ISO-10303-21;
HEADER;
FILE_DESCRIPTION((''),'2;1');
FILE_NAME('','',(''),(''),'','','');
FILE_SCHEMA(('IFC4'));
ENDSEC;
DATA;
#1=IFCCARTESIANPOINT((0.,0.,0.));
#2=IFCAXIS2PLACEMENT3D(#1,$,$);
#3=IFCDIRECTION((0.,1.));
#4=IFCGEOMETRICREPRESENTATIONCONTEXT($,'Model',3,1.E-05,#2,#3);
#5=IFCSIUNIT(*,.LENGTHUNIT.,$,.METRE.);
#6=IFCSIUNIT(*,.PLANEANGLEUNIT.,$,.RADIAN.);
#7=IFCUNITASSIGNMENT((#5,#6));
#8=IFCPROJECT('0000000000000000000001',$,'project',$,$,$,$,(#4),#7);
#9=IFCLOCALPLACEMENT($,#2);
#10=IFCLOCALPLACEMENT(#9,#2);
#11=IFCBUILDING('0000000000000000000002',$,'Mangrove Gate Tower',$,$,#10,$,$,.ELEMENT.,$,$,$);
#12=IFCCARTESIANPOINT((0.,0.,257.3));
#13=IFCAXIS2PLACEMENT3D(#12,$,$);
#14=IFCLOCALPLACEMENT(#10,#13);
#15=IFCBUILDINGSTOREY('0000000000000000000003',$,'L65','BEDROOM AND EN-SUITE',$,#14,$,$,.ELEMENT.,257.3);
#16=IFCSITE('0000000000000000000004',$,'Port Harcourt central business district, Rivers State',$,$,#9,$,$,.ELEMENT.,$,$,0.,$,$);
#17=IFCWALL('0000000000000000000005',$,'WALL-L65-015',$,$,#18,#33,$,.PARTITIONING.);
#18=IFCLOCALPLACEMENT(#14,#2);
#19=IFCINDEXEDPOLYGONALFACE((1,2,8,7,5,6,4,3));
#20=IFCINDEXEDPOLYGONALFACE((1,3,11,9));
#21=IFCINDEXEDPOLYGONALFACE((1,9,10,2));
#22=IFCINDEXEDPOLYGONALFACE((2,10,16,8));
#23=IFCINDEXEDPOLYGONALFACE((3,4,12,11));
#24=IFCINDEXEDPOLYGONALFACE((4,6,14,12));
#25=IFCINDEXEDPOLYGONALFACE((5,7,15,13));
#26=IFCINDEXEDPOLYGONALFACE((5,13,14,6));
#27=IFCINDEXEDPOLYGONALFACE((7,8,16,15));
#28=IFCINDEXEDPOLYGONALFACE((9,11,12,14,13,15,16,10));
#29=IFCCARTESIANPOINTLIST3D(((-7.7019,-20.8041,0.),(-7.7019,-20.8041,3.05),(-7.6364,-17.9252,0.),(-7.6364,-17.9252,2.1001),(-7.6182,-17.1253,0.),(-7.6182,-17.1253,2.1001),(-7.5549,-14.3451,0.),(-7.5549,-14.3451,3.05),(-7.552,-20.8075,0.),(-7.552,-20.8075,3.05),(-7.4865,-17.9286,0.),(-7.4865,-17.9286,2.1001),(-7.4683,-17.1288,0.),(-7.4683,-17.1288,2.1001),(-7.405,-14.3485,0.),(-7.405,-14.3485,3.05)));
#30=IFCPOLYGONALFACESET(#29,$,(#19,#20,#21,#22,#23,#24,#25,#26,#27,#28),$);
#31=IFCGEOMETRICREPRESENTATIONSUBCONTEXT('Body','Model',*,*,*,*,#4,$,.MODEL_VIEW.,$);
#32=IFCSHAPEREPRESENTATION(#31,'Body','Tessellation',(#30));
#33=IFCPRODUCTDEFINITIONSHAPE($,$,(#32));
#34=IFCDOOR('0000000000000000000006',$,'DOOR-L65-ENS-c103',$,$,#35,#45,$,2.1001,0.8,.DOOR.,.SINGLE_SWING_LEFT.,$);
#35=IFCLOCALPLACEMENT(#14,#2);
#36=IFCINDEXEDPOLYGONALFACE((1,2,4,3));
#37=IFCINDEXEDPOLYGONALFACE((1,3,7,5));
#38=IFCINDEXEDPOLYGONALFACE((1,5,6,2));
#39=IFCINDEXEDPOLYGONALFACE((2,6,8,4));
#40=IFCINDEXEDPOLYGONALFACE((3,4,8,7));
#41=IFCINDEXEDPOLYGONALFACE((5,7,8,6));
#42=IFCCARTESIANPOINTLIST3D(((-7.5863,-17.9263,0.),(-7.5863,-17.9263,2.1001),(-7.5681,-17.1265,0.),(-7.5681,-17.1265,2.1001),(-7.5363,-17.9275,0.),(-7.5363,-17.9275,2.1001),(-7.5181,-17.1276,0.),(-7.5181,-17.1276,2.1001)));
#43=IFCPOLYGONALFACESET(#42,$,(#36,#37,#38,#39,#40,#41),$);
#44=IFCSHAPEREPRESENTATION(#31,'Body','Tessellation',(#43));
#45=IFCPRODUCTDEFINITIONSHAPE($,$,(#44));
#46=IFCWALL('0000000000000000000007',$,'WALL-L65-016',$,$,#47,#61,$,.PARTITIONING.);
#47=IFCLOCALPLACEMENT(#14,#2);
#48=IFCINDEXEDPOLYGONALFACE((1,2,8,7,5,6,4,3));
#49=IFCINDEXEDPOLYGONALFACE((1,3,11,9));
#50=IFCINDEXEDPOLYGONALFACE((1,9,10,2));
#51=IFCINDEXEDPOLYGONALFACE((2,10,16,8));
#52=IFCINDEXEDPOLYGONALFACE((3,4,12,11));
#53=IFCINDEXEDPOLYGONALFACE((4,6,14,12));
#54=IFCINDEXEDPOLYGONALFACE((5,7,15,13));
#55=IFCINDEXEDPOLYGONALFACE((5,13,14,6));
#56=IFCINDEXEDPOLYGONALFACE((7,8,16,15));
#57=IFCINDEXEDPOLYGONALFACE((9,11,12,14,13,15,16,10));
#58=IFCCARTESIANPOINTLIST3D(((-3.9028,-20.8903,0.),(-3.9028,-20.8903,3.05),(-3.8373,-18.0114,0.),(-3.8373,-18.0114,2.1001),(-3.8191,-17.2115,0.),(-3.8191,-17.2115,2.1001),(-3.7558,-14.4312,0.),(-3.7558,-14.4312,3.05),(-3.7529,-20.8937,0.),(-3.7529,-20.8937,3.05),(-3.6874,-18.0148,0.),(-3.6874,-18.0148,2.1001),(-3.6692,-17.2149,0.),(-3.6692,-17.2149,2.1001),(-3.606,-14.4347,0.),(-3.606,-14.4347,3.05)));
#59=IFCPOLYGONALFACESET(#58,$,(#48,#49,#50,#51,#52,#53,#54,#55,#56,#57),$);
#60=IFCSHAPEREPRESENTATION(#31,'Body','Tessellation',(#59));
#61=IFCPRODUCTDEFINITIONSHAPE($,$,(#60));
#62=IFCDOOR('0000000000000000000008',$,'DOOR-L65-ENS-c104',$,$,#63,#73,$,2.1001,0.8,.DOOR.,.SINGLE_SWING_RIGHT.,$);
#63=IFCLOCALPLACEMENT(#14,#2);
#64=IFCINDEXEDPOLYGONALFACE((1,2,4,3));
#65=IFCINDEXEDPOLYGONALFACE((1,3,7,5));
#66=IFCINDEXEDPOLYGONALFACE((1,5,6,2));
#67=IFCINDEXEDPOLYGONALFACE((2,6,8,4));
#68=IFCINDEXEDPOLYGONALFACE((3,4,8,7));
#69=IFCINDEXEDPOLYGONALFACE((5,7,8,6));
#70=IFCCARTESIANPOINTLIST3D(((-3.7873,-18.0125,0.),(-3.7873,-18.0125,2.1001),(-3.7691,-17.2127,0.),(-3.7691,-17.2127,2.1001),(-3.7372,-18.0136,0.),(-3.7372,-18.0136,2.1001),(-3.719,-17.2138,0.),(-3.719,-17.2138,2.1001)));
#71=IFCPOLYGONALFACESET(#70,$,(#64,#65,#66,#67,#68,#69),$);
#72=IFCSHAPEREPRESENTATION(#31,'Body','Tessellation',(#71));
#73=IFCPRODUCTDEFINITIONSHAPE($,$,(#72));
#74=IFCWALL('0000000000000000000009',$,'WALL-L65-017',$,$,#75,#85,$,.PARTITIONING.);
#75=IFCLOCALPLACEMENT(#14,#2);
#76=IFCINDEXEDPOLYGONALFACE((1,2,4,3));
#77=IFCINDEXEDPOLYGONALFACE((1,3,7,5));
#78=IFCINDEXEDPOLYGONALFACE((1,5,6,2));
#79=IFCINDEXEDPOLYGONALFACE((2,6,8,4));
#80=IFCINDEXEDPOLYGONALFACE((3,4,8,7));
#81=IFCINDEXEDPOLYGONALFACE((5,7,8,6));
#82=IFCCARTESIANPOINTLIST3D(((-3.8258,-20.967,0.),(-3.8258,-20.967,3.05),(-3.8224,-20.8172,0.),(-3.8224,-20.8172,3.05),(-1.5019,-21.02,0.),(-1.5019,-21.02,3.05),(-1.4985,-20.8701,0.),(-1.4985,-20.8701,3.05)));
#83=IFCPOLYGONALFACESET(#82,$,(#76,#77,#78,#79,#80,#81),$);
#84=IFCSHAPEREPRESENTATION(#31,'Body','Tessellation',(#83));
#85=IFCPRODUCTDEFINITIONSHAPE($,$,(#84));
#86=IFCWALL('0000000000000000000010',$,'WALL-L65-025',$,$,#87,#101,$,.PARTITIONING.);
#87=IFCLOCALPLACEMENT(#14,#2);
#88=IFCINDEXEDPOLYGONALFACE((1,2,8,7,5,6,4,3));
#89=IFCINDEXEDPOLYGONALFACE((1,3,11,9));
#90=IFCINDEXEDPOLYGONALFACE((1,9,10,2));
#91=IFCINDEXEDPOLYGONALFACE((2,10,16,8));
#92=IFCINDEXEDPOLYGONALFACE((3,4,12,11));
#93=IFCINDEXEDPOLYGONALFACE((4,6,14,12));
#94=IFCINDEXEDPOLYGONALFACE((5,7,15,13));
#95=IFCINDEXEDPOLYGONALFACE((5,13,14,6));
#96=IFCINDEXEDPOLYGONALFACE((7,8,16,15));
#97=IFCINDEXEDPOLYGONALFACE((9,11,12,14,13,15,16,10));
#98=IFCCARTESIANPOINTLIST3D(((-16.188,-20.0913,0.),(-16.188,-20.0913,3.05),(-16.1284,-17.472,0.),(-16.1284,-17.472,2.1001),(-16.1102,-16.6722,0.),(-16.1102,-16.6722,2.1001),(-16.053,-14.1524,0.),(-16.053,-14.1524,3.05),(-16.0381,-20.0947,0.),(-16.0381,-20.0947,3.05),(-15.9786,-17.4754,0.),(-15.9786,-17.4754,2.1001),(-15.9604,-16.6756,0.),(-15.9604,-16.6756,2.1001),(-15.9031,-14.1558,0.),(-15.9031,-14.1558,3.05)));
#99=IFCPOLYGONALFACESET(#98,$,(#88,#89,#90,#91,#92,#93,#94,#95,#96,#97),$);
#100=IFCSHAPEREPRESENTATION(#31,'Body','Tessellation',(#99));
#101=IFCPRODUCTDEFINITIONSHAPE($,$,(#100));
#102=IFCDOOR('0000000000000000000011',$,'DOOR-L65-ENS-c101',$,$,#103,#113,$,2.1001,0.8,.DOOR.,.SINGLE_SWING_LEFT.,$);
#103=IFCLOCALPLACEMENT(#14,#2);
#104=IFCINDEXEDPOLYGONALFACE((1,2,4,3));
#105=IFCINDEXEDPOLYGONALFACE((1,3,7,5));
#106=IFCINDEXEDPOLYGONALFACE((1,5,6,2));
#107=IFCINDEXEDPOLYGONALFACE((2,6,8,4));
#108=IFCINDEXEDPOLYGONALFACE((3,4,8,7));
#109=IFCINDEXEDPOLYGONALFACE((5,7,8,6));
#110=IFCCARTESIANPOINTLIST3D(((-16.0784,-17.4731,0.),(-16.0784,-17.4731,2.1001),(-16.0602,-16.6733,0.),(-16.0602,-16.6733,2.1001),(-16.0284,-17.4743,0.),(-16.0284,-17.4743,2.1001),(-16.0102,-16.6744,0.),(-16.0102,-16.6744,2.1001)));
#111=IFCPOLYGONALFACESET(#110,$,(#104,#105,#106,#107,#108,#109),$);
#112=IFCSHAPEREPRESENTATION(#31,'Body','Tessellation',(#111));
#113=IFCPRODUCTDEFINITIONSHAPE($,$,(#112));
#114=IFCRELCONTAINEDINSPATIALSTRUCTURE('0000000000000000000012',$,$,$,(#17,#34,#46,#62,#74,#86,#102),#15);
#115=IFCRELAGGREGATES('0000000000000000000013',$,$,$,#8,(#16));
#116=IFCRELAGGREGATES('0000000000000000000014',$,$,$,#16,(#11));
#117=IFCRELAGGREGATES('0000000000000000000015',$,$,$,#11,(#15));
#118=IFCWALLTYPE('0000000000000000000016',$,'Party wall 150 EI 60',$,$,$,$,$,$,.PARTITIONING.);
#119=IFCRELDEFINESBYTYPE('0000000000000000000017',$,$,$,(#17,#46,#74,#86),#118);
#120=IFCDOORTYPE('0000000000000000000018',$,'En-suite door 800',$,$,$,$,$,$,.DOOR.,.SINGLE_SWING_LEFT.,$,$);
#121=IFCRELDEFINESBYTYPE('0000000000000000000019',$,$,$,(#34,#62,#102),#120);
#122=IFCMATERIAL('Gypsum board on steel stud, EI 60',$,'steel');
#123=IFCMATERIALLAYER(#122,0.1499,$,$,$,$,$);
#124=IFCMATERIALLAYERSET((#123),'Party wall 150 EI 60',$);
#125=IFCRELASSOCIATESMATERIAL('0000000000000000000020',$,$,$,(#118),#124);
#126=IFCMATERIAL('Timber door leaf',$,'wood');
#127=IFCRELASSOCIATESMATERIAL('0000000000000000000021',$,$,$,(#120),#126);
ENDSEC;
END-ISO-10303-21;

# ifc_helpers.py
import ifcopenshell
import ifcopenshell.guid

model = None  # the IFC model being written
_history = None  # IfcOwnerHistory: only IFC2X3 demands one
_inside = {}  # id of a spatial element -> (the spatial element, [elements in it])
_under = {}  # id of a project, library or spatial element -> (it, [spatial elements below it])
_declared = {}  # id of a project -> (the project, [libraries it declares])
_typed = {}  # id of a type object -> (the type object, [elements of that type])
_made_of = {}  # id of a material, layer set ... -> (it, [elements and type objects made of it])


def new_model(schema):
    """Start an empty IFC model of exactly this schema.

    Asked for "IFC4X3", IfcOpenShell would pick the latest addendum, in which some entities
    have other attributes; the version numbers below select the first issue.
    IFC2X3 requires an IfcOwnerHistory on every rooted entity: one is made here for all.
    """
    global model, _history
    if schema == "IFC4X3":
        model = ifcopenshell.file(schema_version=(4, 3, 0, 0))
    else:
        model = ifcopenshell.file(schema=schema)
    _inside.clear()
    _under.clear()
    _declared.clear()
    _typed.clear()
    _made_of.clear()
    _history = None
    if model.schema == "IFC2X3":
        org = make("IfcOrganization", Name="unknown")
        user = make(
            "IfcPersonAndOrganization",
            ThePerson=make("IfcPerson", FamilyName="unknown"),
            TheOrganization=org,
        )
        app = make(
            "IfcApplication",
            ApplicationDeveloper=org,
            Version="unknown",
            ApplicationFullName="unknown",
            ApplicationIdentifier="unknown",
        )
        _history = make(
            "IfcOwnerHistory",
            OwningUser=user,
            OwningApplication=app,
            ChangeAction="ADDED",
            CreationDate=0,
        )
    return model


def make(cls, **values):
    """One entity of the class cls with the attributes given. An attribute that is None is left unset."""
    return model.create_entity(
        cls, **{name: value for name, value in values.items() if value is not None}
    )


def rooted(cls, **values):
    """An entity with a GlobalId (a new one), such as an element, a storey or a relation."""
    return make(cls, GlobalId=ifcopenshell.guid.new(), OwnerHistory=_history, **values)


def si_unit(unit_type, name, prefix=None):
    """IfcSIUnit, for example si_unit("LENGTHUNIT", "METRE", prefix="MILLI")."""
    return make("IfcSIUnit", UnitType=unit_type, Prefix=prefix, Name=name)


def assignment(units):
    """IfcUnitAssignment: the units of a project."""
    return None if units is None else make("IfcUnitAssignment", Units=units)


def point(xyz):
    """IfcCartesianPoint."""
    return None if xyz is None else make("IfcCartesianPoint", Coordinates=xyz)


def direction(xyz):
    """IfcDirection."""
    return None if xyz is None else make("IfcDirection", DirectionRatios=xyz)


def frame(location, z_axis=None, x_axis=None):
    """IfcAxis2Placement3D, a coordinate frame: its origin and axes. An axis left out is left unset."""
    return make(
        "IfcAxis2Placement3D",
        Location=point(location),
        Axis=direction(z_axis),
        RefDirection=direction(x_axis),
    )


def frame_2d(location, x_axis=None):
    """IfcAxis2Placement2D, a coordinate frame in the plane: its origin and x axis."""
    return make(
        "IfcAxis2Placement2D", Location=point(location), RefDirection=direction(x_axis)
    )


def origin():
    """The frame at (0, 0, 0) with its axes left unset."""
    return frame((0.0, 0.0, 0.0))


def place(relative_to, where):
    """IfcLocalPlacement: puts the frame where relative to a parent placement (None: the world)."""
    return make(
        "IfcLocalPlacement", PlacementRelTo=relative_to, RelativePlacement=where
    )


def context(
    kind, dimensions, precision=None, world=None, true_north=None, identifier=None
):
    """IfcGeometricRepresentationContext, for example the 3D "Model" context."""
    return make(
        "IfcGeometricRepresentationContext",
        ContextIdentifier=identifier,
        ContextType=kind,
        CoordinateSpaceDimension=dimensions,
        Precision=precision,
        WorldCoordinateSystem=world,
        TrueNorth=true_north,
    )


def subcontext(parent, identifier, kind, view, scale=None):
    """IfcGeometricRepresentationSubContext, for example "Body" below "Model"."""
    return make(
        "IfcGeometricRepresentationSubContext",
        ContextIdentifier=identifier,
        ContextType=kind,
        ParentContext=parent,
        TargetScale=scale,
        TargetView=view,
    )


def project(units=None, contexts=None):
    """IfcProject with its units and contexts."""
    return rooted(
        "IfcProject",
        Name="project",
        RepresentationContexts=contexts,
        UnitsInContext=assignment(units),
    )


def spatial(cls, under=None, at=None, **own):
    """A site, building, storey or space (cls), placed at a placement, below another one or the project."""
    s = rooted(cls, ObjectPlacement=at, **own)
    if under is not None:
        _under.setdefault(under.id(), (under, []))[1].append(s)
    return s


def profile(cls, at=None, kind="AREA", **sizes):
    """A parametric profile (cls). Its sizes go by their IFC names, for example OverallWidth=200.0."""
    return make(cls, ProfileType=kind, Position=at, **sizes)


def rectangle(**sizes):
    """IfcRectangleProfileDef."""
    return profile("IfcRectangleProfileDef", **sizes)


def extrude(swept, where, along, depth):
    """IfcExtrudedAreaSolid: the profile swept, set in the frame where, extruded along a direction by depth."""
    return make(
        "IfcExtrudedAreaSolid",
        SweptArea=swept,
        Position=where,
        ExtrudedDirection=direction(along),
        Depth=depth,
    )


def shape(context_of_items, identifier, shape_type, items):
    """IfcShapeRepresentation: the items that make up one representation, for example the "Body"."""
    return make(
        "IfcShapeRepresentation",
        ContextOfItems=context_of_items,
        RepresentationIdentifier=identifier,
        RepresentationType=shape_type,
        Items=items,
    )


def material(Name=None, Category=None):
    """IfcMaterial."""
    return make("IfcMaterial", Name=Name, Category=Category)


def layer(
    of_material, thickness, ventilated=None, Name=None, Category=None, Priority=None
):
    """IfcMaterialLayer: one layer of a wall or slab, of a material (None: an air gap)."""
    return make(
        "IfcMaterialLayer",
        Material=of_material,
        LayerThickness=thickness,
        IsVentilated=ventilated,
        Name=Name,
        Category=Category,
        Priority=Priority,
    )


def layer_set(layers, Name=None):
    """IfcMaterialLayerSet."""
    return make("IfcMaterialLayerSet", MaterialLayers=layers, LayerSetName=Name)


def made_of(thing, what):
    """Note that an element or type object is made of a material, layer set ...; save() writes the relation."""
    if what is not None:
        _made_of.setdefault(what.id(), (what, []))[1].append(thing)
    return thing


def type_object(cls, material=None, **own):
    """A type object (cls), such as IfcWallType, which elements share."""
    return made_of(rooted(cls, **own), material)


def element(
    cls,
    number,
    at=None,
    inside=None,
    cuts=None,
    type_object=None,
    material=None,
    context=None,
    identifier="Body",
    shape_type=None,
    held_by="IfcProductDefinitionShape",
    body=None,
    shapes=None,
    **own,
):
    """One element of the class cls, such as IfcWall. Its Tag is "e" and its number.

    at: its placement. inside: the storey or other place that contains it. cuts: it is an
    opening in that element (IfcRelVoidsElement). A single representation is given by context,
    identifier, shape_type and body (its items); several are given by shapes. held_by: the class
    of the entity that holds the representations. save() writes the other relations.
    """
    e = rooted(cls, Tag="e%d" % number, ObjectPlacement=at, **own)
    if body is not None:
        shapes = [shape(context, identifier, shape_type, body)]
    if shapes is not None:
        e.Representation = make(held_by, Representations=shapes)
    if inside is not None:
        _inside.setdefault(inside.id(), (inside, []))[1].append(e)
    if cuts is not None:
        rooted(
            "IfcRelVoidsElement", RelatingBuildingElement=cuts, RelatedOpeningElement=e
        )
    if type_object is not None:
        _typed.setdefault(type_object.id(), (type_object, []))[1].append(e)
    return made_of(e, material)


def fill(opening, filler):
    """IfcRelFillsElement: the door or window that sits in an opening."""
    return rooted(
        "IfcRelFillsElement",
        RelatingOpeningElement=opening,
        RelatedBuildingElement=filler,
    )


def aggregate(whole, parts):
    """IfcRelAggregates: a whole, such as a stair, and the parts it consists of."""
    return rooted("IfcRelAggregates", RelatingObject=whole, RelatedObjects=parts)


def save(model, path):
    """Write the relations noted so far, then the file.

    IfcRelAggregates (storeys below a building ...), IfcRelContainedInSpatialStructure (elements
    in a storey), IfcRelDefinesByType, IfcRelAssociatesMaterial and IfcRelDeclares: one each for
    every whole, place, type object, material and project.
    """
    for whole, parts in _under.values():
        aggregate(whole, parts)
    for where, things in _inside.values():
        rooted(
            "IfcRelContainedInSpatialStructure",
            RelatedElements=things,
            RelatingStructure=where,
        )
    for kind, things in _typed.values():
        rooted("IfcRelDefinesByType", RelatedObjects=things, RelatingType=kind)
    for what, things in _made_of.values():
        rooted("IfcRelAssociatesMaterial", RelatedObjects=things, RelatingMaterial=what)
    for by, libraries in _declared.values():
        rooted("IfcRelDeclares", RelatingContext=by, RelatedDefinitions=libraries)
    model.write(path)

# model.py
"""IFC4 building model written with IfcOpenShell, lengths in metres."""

from ifc_helpers import new_model, si_unit, direction, frame, frame_2d, origin, place, context, subcontext, project, spatial, rectangle, extrude, material, layer, layer_set, type_object, element, fill, save


model = new_model("IFC4")

# Units and contexts
model_context = context("Model", 3, precision=1e-05, world=origin(), true_north=direction((0.0, 1.0)))
body_context = subcontext(model_context, "Body", "Model", "MODEL_VIEW")
ifc_project = project(units=[si_unit("LENGTHUNIT", "METRE"), si_unit("PLANEANGLEUNIT", "RADIAN")], contexts=[model_context])

# Site, building, storey
site_placement = place(None, origin())
site = spatial("IfcSite", under=ifc_project, at=site_placement, Name="Port Harcourt central business district, Rivers State", CompositionType="ELEMENT", RefElevation=0.0)
building_placement = place(site_placement, origin())
building = spatial("IfcBuilding", under=site, at=building_placement, Name="Mangrove Gate Tower", CompositionType="ELEMENT")
storey_placement = place(building_placement, frame((0.0, 0.0, 257.3)))
storey = spatial("IfcBuildingStorey", under=building, at=storey_placement, Name="L65", Description="BEDROOM AND EN-SUITE", CompositionType="ELEMENT", Elevation=257.3)

# Shared definitions
ifc_material_1 = material(Name="Gypsum board on steel stud, EI 60", Category="steel")
ifc_layer_1 = layer(ifc_material_1, 0.1499)
ifc_layer_set_1 = layer_set([ifc_layer_1], Name="Party wall 150 EI 60")
wall_type_1 = type_object("IfcWallType", Name="Party wall 150 EI 60", PredefinedType="PARTITIONING", material=ifc_layer_set_1)

# Shared definitions
ifc_material_2 = material(Name="Timber door leaf", Category="wood")
door_type = type_object("IfcDoorType", Name="En-suite door 800", OperationType="SINGLE_SWING_LEFT", PredefinedType="DOOR", material=ifc_material_2)

# Walls, openings, doors
wall_1_placement = place(storey_placement, frame((-7.627, -20.8059, 0.0), z_axis=(0.0, 0.0, 1.0), x_axis=(0.022749, 0.999741, 0.0)))
wall_1 = element("IfcWall", 1, at=wall_1_placement, inside=storey, type_object=wall_type_1, Name="WALL-L65-015", PredefinedType="PARTITIONING", context=body_context, shape_type="SweptSolid", body=[
    extrude(rectangle(XDim=6.4607, YDim=0.1499, at=frame_2d((3.2305, 0.0))), origin(), (0.0, 0.0, 1.0), 3.05),
])
opening_1_placement = place(wall_1_placement, frame((2.8799, 0.0, 0.0)))
opening_1 = element("IfcOpeningElement", 2, at=opening_1_placement, cuts=wall_1, PredefinedType="OPENING", context=body_context, shape_type="SweptSolid", body=[
    extrude(rectangle(XDim=0.8, YDim=2.1001, at=frame_2d((0.3999, 1.05))), frame((0.0, 0.085, 0.0), z_axis=(0.0, -1.0, 0.0), x_axis=(1.0, 0.0, 0.0)), (0.0, 0.0, 1.0), 0.1699),
])
door_1_placement = place(opening_1_placement, origin())
door_1 = element("IfcDoor", 3, at=door_1_placement, inside=storey, type_object=door_type, Name="DOOR-L65-ENS-c103", OperationType="SINGLE_SWING_LEFT", OverallHeight=2.1001, OverallWidth=0.8, PredefinedType="DOOR", context=body_context, shape_type="SweptSolid", body=[
    extrude(rectangle(XDim=0.8, YDim=2.1001, at=frame_2d((0.3999, 1.05))), frame((0.0, 0.0249, 0.0), z_axis=(0.0, -1.0, 0.0), x_axis=(1.0, 0.0, 0.0)), (0.0, 0.0, 1.0), 0.05),
])
fill(opening_1, door_1)
wall_2_placement = place(storey_placement, frame((-3.8279, -20.8921, 0.0), z_axis=(0.0, 0.0, 1.0), x_axis=(0.022749, 0.999741, 0.0)))
wall_2 = element("IfcWall", 4, at=wall_2_placement, inside=storey, type_object=wall_type_1, Name="WALL-L65-016", PredefinedType="PARTITIONING", context=body_context, shape_type="SweptSolid", body=[
    extrude(rectangle(XDim=6.4607, YDim=0.1499, at=frame_2d((3.2305, 0.0))), origin(), (0.0, 0.0, 1.0), 3.05),
])
opening_2_placement = place(wall_2_placement, frame((2.8799, 0.0, 0.0)))
opening_2 = element("IfcOpeningElement", 5, at=opening_2_placement, cuts=wall_2, PredefinedType="OPENING", context=body_context, shape_type="SweptSolid", body=[
    extrude(rectangle(XDim=0.8, YDim=2.1001, at=frame_2d((0.3999, 1.05))), frame((0.0, 0.085, 0.0), z_axis=(0.0, -1.0, 0.0), x_axis=(1.0, 0.0, 0.0)), (0.0, 0.0, 1.0), 0.1699),
])
door_2_placement = place(opening_2_placement, origin())
door_2 = element("IfcDoor", 6, at=door_2_placement, inside=storey, type_object=door_type, Name="DOOR-L65-ENS-c104", OperationType="SINGLE_SWING_RIGHT", OverallHeight=2.1001, OverallWidth=0.8, PredefinedType="DOOR", context=body_context, shape_type="SweptSolid", body=[
    extrude(rectangle(XDim=0.8, YDim=2.1001, at=frame_2d((0.3999, 1.05))), frame((0.0, 0.0249, 0.0), z_axis=(0.0, -1.0, 0.0), x_axis=(1.0, 0.0, 0.0)), (0.0, 0.0, 1.0), 0.05),
])
fill(opening_2, door_2)

# Wall
wall_3_placement = place(storey_placement, frame((-3.824, -20.8921, 0.0), z_axis=(0.0, 0.0, 1.0), x_axis=(0.99974, -0.022791, 0.0)))
element("IfcWall", 7, at=wall_3_placement, inside=storey, type_object=wall_type_1, Name="WALL-L65-017", PredefinedType="PARTITIONING", context=body_context, shape_type="SweptSolid", body=[
    extrude(rectangle(XDim=2.3245, YDim=0.1499, at=frame_2d((1.1621, 0.0))), origin(), (0.0, 0.0, 1.0), 3.05),
])

# Wall, opening, door
wall_4_placement = place(storey_placement, frame((-16.113, -20.093, 0.0), z_axis=(0.0, 0.0, 1.0), x_axis=(0.022727, 0.999742, 0.0)))
wall_4 = element("IfcWall", 8, at=wall_4_placement, inside=storey, type_object=wall_type_1, Name="WALL-L65-025", PredefinedType="PARTITIONING", context=body_context, shape_type="SweptSolid", body=[
    extrude(rectangle(XDim=5.9404, YDim=0.1499, at=frame_2d((2.9702, 0.0))), origin(), (0.0, 0.0, 1.0), 3.05),
])
opening_3_placement = place(wall_4_placement, frame((2.6201, 0.0, 0.0)))
opening_3 = element("IfcOpeningElement", 9, at=opening_3_placement, cuts=wall_4, PredefinedType="OPENING", context=body_context, shape_type="SweptSolid", body=[
    extrude(rectangle(XDim=0.8, YDim=2.1001, at=frame_2d((0.3999, 1.05))), frame((0.0, 0.085, 0.0), z_axis=(0.0, -1.0, 0.0), x_axis=(1.0, 0.0, 0.0)), (0.0, 0.0, 1.0), 0.1699),
])
door_3_placement = place(opening_3_placement, origin())
door_3 = element("IfcDoor", 10, at=door_3_placement, inside=storey, type_object=door_type, Name="DOOR-L65-ENS-c101", OperationType="SINGLE_SWING_LEFT", OverallHeight=2.1001, OverallWidth=0.8, PredefinedType="DOOR", context=body_context, shape_type="SweptSolid", body=[
    extrude(rectangle(XDim=0.8, YDim=2.1001, at=frame_2d((0.3999, 1.05))), frame((0.0, 0.0249, 0.0), z_axis=(0.0, -1.0, 0.0), x_axis=(1.0, 0.0, 0.0)), (0.0, 0.0, 1.0), 0.05),
])
fill(opening_3, door_3)

save(model, "model.ifc")
